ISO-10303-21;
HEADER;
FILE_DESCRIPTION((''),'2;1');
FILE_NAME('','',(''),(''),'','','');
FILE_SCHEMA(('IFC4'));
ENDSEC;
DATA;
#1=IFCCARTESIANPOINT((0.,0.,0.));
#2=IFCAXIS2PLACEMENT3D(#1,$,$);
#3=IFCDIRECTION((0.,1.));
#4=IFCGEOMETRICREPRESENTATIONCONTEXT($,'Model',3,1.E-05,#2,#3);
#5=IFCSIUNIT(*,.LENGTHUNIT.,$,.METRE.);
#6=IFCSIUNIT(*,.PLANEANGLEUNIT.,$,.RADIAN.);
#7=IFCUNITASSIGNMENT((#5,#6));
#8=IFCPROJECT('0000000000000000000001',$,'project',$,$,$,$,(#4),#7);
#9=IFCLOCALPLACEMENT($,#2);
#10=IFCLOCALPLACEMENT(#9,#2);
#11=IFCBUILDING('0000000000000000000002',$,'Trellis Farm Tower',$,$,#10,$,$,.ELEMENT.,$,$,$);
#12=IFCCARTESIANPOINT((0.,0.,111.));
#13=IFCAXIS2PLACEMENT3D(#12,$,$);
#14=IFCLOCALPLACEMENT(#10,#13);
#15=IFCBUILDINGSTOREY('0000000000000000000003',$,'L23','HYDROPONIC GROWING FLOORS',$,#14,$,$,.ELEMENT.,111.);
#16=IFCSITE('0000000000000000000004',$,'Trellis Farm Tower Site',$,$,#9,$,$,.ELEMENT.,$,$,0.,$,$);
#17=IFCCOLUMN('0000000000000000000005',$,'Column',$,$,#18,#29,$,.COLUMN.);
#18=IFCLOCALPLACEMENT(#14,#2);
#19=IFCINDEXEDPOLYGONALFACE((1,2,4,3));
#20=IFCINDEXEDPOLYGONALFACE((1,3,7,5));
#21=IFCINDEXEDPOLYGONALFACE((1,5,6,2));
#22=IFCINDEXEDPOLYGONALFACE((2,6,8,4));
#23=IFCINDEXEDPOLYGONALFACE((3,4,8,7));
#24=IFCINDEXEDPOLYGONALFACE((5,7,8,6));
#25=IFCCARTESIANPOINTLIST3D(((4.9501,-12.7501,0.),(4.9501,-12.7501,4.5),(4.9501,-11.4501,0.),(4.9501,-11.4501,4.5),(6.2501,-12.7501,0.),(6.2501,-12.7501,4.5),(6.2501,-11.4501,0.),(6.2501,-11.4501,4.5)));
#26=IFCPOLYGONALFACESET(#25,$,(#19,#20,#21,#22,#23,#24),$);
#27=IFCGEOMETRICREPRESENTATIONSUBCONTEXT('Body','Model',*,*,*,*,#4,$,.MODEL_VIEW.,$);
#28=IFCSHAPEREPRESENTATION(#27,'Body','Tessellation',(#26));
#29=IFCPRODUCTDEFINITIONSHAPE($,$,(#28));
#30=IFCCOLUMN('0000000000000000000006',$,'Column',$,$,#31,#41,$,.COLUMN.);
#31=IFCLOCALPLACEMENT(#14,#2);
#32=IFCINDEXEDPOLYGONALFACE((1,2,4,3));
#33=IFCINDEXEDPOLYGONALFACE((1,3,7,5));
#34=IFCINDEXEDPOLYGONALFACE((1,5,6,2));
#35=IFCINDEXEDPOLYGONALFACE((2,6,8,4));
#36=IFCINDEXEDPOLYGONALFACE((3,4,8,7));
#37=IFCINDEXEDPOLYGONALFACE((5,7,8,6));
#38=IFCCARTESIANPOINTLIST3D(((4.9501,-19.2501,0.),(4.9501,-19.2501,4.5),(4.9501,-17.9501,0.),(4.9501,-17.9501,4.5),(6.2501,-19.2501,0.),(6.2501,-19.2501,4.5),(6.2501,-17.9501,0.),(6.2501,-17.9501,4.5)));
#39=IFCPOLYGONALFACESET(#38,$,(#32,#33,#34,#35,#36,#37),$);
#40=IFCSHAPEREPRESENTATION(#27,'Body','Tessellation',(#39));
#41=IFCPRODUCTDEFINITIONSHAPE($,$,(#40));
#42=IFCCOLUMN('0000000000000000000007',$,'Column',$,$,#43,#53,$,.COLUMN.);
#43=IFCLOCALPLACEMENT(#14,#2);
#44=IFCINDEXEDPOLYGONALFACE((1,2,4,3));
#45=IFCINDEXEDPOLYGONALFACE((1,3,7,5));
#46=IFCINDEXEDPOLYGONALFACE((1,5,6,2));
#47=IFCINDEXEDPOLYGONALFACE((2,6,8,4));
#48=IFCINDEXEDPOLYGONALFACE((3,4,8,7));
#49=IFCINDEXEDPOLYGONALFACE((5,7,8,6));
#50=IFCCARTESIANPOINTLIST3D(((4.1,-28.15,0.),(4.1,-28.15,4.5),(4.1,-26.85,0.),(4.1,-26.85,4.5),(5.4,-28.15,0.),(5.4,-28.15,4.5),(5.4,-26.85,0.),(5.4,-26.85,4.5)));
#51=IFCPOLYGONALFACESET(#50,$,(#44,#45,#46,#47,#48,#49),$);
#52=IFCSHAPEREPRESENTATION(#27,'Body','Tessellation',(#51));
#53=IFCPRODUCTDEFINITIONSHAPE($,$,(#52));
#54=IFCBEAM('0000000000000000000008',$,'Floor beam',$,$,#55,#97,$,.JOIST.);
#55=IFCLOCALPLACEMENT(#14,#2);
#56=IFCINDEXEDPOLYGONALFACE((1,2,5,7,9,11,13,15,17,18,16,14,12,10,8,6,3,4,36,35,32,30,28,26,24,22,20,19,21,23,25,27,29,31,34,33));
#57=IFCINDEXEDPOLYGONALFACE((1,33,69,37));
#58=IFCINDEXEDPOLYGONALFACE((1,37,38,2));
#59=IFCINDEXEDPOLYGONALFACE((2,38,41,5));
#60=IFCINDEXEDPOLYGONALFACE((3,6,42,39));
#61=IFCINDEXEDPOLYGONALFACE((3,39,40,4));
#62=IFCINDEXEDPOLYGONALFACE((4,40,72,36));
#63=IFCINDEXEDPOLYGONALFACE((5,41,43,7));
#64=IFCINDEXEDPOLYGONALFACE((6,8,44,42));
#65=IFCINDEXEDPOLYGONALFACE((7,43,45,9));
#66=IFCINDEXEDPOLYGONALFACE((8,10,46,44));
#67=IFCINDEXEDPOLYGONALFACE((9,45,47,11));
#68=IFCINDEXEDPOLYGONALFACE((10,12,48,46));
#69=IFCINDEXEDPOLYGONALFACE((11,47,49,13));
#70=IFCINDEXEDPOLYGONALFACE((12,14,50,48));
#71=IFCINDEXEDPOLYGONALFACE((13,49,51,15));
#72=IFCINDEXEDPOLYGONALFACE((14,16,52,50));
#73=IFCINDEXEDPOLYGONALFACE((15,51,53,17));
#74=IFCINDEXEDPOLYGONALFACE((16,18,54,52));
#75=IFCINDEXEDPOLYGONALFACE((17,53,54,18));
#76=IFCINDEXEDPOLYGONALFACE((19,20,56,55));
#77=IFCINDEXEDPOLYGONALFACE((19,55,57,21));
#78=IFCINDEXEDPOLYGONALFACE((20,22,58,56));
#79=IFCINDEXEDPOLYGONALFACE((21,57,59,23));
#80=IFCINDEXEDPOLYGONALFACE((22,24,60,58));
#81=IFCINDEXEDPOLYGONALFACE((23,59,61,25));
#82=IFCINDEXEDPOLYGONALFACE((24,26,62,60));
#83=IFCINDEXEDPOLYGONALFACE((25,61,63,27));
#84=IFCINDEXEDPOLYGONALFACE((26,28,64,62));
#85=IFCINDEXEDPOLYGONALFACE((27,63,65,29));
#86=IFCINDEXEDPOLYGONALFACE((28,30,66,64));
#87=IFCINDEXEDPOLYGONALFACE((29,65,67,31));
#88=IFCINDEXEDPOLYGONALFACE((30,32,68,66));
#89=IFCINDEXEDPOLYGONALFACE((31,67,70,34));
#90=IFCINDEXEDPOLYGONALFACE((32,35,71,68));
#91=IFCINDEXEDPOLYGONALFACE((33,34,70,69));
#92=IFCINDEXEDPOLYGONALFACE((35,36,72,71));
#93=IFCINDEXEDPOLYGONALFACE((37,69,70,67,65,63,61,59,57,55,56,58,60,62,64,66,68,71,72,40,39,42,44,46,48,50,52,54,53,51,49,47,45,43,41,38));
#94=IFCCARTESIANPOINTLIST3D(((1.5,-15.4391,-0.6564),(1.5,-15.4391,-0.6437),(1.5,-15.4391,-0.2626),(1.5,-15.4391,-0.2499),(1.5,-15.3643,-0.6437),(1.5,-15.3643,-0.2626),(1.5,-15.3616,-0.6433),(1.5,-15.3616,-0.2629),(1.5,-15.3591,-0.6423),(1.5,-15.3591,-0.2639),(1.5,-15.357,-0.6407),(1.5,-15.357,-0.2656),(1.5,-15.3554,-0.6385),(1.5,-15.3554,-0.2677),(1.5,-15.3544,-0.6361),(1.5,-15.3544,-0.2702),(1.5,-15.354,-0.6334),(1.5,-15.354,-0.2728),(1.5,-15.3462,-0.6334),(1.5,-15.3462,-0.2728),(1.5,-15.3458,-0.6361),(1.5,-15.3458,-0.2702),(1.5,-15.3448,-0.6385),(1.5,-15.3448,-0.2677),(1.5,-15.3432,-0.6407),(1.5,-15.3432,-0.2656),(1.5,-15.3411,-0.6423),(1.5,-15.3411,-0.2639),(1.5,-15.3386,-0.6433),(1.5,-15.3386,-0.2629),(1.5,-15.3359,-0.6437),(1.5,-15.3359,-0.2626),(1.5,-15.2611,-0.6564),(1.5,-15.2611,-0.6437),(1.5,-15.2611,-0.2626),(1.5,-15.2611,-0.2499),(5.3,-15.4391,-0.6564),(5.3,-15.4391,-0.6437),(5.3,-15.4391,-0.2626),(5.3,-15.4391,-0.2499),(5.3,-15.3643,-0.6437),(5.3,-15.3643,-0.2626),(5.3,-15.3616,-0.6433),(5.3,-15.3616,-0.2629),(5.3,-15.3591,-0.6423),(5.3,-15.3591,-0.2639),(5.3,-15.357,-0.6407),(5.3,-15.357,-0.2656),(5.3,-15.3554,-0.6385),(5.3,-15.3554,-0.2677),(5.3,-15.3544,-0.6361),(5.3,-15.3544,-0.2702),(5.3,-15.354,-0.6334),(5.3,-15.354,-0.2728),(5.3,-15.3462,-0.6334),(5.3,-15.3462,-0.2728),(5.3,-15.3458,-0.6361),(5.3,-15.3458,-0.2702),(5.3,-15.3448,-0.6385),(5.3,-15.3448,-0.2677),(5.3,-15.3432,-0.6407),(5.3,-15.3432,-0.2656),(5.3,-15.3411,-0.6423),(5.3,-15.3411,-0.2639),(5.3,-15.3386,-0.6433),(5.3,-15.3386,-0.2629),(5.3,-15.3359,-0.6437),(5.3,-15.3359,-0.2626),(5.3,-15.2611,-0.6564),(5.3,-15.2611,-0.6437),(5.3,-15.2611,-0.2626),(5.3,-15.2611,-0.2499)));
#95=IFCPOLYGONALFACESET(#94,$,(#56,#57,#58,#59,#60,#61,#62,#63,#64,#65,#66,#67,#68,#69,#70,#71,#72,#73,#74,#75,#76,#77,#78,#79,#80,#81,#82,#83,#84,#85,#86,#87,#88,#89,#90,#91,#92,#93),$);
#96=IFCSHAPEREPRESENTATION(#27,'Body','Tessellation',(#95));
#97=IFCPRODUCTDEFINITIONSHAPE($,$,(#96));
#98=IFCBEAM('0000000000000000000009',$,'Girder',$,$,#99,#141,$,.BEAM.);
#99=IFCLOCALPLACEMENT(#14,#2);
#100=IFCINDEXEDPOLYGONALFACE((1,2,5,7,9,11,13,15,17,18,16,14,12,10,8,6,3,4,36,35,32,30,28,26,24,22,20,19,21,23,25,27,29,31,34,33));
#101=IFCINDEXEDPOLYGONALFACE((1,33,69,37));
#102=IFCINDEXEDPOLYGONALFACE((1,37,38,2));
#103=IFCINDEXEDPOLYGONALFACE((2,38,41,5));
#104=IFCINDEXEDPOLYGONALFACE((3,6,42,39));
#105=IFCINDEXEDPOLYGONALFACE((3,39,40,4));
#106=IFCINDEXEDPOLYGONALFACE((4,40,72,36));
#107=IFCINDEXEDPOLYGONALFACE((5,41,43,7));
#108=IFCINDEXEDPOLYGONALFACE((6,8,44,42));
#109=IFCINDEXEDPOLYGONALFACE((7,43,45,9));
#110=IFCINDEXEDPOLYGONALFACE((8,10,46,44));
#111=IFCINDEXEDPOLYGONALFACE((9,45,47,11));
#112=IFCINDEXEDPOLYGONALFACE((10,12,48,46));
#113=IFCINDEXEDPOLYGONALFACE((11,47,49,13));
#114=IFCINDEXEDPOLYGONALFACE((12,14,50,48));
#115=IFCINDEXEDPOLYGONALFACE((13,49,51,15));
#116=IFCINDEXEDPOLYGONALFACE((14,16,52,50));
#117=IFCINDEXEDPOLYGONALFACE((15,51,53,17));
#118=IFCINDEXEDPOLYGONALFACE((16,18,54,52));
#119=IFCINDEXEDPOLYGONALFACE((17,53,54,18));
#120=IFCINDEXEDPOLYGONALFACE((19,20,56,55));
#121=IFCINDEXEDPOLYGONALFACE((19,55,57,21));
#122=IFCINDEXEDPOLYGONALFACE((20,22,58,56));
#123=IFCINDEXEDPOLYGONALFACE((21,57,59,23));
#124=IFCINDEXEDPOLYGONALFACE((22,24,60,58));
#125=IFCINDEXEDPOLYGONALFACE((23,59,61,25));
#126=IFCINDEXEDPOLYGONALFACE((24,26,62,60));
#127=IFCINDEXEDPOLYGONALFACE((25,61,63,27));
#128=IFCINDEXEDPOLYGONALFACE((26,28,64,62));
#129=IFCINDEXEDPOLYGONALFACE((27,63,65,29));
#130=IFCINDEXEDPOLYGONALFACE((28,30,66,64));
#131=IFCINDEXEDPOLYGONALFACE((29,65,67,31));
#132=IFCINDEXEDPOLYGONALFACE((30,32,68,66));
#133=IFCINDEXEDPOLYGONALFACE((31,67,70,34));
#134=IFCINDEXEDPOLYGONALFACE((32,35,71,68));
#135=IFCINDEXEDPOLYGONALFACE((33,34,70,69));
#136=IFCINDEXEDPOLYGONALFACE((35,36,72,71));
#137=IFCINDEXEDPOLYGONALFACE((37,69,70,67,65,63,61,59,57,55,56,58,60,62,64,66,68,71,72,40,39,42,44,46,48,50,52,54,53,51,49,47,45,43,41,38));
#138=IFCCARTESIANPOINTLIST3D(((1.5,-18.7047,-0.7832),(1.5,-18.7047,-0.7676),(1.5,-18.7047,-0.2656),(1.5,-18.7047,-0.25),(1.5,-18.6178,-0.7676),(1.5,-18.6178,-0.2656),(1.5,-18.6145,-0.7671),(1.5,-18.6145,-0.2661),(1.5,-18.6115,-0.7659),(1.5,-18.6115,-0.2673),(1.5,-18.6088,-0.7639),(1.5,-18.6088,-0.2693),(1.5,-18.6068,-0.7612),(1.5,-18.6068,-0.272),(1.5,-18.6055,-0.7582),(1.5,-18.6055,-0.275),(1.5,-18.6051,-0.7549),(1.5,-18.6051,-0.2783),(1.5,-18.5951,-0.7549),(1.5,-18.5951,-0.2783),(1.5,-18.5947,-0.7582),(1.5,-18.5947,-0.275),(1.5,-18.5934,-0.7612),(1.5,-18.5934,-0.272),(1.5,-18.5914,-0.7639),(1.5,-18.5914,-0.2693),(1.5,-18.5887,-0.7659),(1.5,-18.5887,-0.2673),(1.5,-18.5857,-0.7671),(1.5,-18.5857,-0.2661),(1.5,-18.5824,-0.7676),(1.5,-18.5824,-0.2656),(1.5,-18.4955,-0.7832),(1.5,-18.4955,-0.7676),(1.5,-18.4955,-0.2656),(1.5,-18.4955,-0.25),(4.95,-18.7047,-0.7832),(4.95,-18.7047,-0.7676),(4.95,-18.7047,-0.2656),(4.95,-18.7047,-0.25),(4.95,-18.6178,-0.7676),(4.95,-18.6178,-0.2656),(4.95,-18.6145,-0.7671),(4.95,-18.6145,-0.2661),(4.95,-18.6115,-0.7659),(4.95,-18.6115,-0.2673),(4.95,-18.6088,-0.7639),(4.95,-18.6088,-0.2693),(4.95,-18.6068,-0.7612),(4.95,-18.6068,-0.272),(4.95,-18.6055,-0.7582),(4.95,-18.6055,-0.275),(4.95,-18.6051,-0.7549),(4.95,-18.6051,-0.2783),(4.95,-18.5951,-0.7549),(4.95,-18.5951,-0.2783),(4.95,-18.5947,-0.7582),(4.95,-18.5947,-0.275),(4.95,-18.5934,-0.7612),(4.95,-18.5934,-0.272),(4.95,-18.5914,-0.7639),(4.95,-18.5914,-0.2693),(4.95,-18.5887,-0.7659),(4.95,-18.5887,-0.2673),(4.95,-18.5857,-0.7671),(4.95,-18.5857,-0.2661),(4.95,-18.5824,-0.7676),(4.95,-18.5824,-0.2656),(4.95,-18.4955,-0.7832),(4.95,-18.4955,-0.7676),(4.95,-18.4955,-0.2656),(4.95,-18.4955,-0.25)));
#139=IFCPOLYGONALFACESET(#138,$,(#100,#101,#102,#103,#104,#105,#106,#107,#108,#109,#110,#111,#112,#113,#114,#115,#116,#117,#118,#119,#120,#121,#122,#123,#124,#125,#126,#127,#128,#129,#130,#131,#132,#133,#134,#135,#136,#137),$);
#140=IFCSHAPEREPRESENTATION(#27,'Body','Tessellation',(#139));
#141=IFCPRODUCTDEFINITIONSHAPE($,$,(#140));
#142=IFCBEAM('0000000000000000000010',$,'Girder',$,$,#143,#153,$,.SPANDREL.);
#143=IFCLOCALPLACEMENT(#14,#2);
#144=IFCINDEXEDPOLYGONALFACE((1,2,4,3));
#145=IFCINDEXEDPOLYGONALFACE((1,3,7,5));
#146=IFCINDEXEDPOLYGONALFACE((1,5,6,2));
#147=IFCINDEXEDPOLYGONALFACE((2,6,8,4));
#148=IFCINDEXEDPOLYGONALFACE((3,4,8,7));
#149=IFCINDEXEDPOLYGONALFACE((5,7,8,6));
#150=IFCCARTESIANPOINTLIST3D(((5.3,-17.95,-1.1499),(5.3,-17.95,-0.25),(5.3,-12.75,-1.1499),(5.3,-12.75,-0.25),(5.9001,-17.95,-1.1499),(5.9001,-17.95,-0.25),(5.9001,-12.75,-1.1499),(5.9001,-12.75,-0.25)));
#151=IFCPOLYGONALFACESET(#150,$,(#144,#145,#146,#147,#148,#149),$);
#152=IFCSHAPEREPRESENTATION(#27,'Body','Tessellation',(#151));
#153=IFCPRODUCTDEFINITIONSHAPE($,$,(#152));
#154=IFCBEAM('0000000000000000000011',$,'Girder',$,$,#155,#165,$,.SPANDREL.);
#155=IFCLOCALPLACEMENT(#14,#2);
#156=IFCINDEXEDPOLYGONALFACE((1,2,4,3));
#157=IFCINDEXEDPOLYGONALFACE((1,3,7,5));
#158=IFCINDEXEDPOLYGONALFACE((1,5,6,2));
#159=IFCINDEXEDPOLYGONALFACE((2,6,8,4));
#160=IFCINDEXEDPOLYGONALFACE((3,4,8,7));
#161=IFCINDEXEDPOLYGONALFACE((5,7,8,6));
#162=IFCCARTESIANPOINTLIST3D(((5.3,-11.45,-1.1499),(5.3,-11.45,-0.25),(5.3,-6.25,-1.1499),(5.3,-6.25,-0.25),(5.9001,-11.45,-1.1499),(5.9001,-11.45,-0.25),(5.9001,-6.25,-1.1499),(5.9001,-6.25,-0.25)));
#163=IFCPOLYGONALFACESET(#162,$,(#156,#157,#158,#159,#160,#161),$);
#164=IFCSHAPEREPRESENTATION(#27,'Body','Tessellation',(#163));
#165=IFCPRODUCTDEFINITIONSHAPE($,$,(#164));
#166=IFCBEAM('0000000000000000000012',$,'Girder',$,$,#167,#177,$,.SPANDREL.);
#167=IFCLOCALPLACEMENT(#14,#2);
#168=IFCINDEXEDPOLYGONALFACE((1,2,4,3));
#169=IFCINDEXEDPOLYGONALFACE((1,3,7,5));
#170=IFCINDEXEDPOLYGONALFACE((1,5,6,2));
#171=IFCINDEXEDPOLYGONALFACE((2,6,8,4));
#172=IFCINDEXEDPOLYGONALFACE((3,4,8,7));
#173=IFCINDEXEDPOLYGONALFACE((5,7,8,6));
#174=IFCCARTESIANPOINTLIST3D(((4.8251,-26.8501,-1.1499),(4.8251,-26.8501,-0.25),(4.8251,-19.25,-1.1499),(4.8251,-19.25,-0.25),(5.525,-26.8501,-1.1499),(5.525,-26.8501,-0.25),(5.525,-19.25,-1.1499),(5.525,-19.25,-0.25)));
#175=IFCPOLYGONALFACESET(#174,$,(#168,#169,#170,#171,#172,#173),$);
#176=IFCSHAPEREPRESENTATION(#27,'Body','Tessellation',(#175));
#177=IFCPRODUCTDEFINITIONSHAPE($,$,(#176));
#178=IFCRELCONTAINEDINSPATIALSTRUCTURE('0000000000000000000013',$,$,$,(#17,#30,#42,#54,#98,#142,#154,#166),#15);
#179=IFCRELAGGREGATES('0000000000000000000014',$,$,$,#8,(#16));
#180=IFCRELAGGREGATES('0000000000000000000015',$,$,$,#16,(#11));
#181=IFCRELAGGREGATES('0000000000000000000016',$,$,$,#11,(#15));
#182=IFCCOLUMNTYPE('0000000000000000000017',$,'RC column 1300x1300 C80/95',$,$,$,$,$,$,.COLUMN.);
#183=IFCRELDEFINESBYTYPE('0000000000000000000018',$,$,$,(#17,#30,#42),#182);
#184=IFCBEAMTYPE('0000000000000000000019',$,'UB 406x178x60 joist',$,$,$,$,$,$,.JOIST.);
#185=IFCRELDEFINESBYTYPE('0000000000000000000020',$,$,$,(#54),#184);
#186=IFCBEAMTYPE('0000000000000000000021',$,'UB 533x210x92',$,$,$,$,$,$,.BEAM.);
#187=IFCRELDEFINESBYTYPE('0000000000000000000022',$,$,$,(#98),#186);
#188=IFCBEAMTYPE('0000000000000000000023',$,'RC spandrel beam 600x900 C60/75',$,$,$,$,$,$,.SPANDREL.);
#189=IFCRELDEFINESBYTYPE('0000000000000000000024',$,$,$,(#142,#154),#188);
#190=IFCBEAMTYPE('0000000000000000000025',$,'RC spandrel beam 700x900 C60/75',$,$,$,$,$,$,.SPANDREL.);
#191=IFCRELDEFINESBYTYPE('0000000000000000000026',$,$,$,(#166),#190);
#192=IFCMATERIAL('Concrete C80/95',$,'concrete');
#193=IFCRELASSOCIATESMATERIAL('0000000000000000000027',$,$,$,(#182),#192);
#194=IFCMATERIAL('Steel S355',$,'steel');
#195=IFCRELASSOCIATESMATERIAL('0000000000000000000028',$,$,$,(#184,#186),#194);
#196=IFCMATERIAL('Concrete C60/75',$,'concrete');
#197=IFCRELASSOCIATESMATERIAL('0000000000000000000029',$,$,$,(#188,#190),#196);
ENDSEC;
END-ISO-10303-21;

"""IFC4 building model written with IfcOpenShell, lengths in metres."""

from ifc_helpers import new_model, si_unit, direction, frame, origin, origin_2d, place, context, subcontext, project, spatial, rectangle, i_section, extrude, source, transform, mapped, material, material_profile, profile_set, type_object, element, save


model = new_model("IFC4")

# Units and contexts
model_context = context("Model", 3, precision=1e-05, world=origin(), true_north=direction((0.0, 1.0)))
body_context = subcontext(model_context, "Body", "Model", "MODEL_VIEW")
ifc_project = project(units=[si_unit("LENGTHUNIT", "METRE"), si_unit("PLANEANGLEUNIT", "RADIAN")], contexts=[model_context])

# Site, building, storey
site_placement = place(None, origin())
site = spatial("IfcSite", under=ifc_project, at=site_placement, Name="Trellis Farm Tower Site", CompositionType="ELEMENT", RefElevation=0.0)
building_placement = place(site_placement, origin())
building = spatial("IfcBuilding", under=site, at=building_placement, Name="Trellis Farm Tower", CompositionType="ELEMENT")
storey_placement = place(building_placement, frame((0.0, 0.0, 111.0)))
storey = spatial("IfcBuildingStorey", under=building, at=storey_placement, Name="L23", Description="HYDROPONIC GROWING FLOORS", CompositionType="ELEMENT", Elevation=111.0)

# Columns
ifc_material_1 = material(Name="Concrete C80/95", Category="concrete")
ifc_material_profile_1 = material_profile(ifc_material_1, rectangle(XDim=1.3, YDim=1.3, at=origin_2d()), Name="RC column 1300x1300 C80/95")
ifc_profile_set_1 = profile_set([ifc_material_profile_1], Name="Concrete C80/95")
column_type = type_object("IfcColumnType", Name="RC column 1300x1300 C80/95", PredefinedType="COLUMN", material=ifc_profile_set_1)
shared_shape_1 = source(origin(), body_context, "Body", "SweptSolid", [
    extrude(rectangle(XDim=1.3, YDim=1.3, at=origin_2d()), origin(), (0.0, 0.0, 1.0), 4.5),
])
for number, where, z_axis, x_axis, name in (
    (1, (5.6001, -12.1001, 0.0), (0.0, 0.0, 1.0), (1.0, 0.0, 0.0), "Column"),
    (2, (5.6001, -18.6001, 0.0), (0.0, 0.0, 1.0), (1.0, 0.0, 0.0), "Column"),
    (3, (4.75, -27.5, 0.0), (0.0, 0.0, 1.0), (1.0, 0.0, 0.0), "Column"),
):
    element("IfcColumn", number, at=place(storey_placement, frame(where, z_axis=z_axis, x_axis=x_axis)), inside=storey, type_object=column_type, Name=name, PredefinedType="COLUMN", context=body_context, shape_type="MappedRepresentation", body=[
        mapped(shared_shape_1, transform((0.0, 0.0, 0.0))),
    ])

# Beams
ifc_material_2 = material(Name="Steel S355", Category="steel")
ifc_material_profile_2 = material_profile(ifc_material_2, i_section(OverallWidth=0.178, OverallDepth=0.4065, WebThickness=0.0078, FlangeThickness=0.0127, FilletRadius=0.0103, at=origin_2d()), Name="UB 406x178x60")
ifc_profile_set_2 = profile_set([ifc_material_profile_2], Name="Steel S355")
beam_type_1 = type_object("IfcBeamType", Name="UB 406x178x60 joist", PredefinedType="JOIST", material=ifc_profile_set_2)
shared_shape_2 = source(origin(), body_context, "Body", "SweptSolid", [
    extrude(i_section(OverallWidth=0.178, OverallDepth=0.4065, WebThickness=0.0078, FlangeThickness=0.0127, FilletRadius=0.0103, at=origin_2d()), origin(), (0.0, 0.0, 1.0), 3.8),
])
beam_1_placement = place(storey_placement, frame((1.5, -15.3501, -0.4531), z_axis=(1.0, 0.0, 0.0), x_axis=(0.0, 1.0, 0.0)))
element("IfcBeam", 4, at=beam_1_placement, inside=storey, type_object=beam_type_1, Name="Floor beam", PredefinedType="JOIST", context=body_context, shape_type="MappedRepresentation", body=[
    mapped(shared_shape_2, transform((0.0, 0.0, 0.0))),
])
ifc_material_profile_3 = material_profile(ifc_material_2, i_section(OverallWidth=0.2092, OverallDepth=0.5332, WebThickness=0.01, FlangeThickness=0.0156, FilletRadius=0.0127, at=origin_2d()), Name="UB 533x210x92")
ifc_profile_set_3 = profile_set([ifc_material_profile_3], Name="Steel S355")
beam_type_2 = type_object("IfcBeamType", Name="UB 533x210x92", PredefinedType="BEAM", material=ifc_profile_set_3)
shared_shape_3 = source(origin(), body_context, "Body", "SweptSolid", [
    extrude(i_section(OverallWidth=0.2092, OverallDepth=0.5332, WebThickness=0.01, FlangeThickness=0.0156, FilletRadius=0.0127, at=origin_2d()), origin(), (0.0, 0.0, 1.0), 3.45),
])
beam_2_placement = place(storey_placement, frame((1.5, -18.6001, -0.5166), z_axis=(1.0, 0.0, 0.0), x_axis=(0.0, 1.0, 0.0)))
element("IfcBeam", 5, at=beam_2_placement, inside=storey, type_object=beam_type_2, Name="Girder", PredefinedType="BEAM", context=body_context, shape_type="MappedRepresentation", body=[
    mapped(shared_shape_3, transform((0.0, 0.0, 0.0))),
])
ifc_material_3 = material(Name="Concrete C60/75", Category="concrete")
ifc_material_profile_4 = material_profile(ifc_material_3, rectangle(XDim=0.6001, YDim=0.8999, at=origin_2d()), Name="RC spandrel beam 600x900 C60/75")
ifc_profile_set_4 = profile_set([ifc_material_profile_4], Name="Concrete C60/75")
beam_type_3 = type_object("IfcBeamType", Name="RC spandrel beam 600x900 C60/75", PredefinedType="SPANDREL", material=ifc_profile_set_4)
shared_shape_4 = source(origin(), body_context, "Body", "SweptSolid", [
    extrude(rectangle(XDim=0.6001, YDim=0.8999, at=origin_2d()), origin(), (0.0, 0.0, 1.0), 5.2),
])
for number, where, z_axis, x_axis, name in (
    (6, (5.6001, -17.95, -0.7), (0.0, 1.0, 0.0), (-1.0, 0.0, 0.0), "Girder"),
    (7, (5.6001, -11.45, -0.7), (0.0, 1.0, 0.0), (-1.0, 0.0, 0.0), "Girder"),
):
    element("IfcBeam", number, at=place(storey_placement, frame(where, z_axis=z_axis, x_axis=x_axis)), inside=storey, type_object=beam_type_3, Name=name, PredefinedType="SPANDREL", context=body_context, shape_type="MappedRepresentation", body=[
        mapped(shared_shape_4, transform((0.0, 0.0, 0.0))),
    ])
ifc_material_profile_5 = material_profile(ifc_material_3, rectangle(XDim=0.7, YDim=0.8999, at=origin_2d()), Name="RC spandrel beam 700x900 C60/75")
ifc_profile_set_5 = profile_set([ifc_material_profile_5], Name="Concrete C60/75")
beam_type_4 = type_object("IfcBeamType", Name="RC spandrel beam 700x900 C60/75", PredefinedType="SPANDREL", material=ifc_profile_set_5)
shared_shape_5 = source(origin(), body_context, "Body", "SweptSolid", [
    extrude(rectangle(XDim=0.7, YDim=0.8999, at=origin_2d()), origin(), (0.0, 0.0, 1.0), 7.6001),
])
beam_3_placement = place(storey_placement, frame((5.175, -26.8501, -0.7), z_axis=(0.0, 1.0, 0.0), x_axis=(-1.0, 0.0, 0.0)))
element("IfcBeam", 8, at=beam_3_placement, inside=storey, type_object=beam_type_4, Name="Girder", PredefinedType="SPANDREL", context=body_context, shape_type="MappedRepresentation", body=[
    mapped(shared_shape_5, transform((0.0, 0.0, 0.0))),
])

save(model, "model.ifc")
